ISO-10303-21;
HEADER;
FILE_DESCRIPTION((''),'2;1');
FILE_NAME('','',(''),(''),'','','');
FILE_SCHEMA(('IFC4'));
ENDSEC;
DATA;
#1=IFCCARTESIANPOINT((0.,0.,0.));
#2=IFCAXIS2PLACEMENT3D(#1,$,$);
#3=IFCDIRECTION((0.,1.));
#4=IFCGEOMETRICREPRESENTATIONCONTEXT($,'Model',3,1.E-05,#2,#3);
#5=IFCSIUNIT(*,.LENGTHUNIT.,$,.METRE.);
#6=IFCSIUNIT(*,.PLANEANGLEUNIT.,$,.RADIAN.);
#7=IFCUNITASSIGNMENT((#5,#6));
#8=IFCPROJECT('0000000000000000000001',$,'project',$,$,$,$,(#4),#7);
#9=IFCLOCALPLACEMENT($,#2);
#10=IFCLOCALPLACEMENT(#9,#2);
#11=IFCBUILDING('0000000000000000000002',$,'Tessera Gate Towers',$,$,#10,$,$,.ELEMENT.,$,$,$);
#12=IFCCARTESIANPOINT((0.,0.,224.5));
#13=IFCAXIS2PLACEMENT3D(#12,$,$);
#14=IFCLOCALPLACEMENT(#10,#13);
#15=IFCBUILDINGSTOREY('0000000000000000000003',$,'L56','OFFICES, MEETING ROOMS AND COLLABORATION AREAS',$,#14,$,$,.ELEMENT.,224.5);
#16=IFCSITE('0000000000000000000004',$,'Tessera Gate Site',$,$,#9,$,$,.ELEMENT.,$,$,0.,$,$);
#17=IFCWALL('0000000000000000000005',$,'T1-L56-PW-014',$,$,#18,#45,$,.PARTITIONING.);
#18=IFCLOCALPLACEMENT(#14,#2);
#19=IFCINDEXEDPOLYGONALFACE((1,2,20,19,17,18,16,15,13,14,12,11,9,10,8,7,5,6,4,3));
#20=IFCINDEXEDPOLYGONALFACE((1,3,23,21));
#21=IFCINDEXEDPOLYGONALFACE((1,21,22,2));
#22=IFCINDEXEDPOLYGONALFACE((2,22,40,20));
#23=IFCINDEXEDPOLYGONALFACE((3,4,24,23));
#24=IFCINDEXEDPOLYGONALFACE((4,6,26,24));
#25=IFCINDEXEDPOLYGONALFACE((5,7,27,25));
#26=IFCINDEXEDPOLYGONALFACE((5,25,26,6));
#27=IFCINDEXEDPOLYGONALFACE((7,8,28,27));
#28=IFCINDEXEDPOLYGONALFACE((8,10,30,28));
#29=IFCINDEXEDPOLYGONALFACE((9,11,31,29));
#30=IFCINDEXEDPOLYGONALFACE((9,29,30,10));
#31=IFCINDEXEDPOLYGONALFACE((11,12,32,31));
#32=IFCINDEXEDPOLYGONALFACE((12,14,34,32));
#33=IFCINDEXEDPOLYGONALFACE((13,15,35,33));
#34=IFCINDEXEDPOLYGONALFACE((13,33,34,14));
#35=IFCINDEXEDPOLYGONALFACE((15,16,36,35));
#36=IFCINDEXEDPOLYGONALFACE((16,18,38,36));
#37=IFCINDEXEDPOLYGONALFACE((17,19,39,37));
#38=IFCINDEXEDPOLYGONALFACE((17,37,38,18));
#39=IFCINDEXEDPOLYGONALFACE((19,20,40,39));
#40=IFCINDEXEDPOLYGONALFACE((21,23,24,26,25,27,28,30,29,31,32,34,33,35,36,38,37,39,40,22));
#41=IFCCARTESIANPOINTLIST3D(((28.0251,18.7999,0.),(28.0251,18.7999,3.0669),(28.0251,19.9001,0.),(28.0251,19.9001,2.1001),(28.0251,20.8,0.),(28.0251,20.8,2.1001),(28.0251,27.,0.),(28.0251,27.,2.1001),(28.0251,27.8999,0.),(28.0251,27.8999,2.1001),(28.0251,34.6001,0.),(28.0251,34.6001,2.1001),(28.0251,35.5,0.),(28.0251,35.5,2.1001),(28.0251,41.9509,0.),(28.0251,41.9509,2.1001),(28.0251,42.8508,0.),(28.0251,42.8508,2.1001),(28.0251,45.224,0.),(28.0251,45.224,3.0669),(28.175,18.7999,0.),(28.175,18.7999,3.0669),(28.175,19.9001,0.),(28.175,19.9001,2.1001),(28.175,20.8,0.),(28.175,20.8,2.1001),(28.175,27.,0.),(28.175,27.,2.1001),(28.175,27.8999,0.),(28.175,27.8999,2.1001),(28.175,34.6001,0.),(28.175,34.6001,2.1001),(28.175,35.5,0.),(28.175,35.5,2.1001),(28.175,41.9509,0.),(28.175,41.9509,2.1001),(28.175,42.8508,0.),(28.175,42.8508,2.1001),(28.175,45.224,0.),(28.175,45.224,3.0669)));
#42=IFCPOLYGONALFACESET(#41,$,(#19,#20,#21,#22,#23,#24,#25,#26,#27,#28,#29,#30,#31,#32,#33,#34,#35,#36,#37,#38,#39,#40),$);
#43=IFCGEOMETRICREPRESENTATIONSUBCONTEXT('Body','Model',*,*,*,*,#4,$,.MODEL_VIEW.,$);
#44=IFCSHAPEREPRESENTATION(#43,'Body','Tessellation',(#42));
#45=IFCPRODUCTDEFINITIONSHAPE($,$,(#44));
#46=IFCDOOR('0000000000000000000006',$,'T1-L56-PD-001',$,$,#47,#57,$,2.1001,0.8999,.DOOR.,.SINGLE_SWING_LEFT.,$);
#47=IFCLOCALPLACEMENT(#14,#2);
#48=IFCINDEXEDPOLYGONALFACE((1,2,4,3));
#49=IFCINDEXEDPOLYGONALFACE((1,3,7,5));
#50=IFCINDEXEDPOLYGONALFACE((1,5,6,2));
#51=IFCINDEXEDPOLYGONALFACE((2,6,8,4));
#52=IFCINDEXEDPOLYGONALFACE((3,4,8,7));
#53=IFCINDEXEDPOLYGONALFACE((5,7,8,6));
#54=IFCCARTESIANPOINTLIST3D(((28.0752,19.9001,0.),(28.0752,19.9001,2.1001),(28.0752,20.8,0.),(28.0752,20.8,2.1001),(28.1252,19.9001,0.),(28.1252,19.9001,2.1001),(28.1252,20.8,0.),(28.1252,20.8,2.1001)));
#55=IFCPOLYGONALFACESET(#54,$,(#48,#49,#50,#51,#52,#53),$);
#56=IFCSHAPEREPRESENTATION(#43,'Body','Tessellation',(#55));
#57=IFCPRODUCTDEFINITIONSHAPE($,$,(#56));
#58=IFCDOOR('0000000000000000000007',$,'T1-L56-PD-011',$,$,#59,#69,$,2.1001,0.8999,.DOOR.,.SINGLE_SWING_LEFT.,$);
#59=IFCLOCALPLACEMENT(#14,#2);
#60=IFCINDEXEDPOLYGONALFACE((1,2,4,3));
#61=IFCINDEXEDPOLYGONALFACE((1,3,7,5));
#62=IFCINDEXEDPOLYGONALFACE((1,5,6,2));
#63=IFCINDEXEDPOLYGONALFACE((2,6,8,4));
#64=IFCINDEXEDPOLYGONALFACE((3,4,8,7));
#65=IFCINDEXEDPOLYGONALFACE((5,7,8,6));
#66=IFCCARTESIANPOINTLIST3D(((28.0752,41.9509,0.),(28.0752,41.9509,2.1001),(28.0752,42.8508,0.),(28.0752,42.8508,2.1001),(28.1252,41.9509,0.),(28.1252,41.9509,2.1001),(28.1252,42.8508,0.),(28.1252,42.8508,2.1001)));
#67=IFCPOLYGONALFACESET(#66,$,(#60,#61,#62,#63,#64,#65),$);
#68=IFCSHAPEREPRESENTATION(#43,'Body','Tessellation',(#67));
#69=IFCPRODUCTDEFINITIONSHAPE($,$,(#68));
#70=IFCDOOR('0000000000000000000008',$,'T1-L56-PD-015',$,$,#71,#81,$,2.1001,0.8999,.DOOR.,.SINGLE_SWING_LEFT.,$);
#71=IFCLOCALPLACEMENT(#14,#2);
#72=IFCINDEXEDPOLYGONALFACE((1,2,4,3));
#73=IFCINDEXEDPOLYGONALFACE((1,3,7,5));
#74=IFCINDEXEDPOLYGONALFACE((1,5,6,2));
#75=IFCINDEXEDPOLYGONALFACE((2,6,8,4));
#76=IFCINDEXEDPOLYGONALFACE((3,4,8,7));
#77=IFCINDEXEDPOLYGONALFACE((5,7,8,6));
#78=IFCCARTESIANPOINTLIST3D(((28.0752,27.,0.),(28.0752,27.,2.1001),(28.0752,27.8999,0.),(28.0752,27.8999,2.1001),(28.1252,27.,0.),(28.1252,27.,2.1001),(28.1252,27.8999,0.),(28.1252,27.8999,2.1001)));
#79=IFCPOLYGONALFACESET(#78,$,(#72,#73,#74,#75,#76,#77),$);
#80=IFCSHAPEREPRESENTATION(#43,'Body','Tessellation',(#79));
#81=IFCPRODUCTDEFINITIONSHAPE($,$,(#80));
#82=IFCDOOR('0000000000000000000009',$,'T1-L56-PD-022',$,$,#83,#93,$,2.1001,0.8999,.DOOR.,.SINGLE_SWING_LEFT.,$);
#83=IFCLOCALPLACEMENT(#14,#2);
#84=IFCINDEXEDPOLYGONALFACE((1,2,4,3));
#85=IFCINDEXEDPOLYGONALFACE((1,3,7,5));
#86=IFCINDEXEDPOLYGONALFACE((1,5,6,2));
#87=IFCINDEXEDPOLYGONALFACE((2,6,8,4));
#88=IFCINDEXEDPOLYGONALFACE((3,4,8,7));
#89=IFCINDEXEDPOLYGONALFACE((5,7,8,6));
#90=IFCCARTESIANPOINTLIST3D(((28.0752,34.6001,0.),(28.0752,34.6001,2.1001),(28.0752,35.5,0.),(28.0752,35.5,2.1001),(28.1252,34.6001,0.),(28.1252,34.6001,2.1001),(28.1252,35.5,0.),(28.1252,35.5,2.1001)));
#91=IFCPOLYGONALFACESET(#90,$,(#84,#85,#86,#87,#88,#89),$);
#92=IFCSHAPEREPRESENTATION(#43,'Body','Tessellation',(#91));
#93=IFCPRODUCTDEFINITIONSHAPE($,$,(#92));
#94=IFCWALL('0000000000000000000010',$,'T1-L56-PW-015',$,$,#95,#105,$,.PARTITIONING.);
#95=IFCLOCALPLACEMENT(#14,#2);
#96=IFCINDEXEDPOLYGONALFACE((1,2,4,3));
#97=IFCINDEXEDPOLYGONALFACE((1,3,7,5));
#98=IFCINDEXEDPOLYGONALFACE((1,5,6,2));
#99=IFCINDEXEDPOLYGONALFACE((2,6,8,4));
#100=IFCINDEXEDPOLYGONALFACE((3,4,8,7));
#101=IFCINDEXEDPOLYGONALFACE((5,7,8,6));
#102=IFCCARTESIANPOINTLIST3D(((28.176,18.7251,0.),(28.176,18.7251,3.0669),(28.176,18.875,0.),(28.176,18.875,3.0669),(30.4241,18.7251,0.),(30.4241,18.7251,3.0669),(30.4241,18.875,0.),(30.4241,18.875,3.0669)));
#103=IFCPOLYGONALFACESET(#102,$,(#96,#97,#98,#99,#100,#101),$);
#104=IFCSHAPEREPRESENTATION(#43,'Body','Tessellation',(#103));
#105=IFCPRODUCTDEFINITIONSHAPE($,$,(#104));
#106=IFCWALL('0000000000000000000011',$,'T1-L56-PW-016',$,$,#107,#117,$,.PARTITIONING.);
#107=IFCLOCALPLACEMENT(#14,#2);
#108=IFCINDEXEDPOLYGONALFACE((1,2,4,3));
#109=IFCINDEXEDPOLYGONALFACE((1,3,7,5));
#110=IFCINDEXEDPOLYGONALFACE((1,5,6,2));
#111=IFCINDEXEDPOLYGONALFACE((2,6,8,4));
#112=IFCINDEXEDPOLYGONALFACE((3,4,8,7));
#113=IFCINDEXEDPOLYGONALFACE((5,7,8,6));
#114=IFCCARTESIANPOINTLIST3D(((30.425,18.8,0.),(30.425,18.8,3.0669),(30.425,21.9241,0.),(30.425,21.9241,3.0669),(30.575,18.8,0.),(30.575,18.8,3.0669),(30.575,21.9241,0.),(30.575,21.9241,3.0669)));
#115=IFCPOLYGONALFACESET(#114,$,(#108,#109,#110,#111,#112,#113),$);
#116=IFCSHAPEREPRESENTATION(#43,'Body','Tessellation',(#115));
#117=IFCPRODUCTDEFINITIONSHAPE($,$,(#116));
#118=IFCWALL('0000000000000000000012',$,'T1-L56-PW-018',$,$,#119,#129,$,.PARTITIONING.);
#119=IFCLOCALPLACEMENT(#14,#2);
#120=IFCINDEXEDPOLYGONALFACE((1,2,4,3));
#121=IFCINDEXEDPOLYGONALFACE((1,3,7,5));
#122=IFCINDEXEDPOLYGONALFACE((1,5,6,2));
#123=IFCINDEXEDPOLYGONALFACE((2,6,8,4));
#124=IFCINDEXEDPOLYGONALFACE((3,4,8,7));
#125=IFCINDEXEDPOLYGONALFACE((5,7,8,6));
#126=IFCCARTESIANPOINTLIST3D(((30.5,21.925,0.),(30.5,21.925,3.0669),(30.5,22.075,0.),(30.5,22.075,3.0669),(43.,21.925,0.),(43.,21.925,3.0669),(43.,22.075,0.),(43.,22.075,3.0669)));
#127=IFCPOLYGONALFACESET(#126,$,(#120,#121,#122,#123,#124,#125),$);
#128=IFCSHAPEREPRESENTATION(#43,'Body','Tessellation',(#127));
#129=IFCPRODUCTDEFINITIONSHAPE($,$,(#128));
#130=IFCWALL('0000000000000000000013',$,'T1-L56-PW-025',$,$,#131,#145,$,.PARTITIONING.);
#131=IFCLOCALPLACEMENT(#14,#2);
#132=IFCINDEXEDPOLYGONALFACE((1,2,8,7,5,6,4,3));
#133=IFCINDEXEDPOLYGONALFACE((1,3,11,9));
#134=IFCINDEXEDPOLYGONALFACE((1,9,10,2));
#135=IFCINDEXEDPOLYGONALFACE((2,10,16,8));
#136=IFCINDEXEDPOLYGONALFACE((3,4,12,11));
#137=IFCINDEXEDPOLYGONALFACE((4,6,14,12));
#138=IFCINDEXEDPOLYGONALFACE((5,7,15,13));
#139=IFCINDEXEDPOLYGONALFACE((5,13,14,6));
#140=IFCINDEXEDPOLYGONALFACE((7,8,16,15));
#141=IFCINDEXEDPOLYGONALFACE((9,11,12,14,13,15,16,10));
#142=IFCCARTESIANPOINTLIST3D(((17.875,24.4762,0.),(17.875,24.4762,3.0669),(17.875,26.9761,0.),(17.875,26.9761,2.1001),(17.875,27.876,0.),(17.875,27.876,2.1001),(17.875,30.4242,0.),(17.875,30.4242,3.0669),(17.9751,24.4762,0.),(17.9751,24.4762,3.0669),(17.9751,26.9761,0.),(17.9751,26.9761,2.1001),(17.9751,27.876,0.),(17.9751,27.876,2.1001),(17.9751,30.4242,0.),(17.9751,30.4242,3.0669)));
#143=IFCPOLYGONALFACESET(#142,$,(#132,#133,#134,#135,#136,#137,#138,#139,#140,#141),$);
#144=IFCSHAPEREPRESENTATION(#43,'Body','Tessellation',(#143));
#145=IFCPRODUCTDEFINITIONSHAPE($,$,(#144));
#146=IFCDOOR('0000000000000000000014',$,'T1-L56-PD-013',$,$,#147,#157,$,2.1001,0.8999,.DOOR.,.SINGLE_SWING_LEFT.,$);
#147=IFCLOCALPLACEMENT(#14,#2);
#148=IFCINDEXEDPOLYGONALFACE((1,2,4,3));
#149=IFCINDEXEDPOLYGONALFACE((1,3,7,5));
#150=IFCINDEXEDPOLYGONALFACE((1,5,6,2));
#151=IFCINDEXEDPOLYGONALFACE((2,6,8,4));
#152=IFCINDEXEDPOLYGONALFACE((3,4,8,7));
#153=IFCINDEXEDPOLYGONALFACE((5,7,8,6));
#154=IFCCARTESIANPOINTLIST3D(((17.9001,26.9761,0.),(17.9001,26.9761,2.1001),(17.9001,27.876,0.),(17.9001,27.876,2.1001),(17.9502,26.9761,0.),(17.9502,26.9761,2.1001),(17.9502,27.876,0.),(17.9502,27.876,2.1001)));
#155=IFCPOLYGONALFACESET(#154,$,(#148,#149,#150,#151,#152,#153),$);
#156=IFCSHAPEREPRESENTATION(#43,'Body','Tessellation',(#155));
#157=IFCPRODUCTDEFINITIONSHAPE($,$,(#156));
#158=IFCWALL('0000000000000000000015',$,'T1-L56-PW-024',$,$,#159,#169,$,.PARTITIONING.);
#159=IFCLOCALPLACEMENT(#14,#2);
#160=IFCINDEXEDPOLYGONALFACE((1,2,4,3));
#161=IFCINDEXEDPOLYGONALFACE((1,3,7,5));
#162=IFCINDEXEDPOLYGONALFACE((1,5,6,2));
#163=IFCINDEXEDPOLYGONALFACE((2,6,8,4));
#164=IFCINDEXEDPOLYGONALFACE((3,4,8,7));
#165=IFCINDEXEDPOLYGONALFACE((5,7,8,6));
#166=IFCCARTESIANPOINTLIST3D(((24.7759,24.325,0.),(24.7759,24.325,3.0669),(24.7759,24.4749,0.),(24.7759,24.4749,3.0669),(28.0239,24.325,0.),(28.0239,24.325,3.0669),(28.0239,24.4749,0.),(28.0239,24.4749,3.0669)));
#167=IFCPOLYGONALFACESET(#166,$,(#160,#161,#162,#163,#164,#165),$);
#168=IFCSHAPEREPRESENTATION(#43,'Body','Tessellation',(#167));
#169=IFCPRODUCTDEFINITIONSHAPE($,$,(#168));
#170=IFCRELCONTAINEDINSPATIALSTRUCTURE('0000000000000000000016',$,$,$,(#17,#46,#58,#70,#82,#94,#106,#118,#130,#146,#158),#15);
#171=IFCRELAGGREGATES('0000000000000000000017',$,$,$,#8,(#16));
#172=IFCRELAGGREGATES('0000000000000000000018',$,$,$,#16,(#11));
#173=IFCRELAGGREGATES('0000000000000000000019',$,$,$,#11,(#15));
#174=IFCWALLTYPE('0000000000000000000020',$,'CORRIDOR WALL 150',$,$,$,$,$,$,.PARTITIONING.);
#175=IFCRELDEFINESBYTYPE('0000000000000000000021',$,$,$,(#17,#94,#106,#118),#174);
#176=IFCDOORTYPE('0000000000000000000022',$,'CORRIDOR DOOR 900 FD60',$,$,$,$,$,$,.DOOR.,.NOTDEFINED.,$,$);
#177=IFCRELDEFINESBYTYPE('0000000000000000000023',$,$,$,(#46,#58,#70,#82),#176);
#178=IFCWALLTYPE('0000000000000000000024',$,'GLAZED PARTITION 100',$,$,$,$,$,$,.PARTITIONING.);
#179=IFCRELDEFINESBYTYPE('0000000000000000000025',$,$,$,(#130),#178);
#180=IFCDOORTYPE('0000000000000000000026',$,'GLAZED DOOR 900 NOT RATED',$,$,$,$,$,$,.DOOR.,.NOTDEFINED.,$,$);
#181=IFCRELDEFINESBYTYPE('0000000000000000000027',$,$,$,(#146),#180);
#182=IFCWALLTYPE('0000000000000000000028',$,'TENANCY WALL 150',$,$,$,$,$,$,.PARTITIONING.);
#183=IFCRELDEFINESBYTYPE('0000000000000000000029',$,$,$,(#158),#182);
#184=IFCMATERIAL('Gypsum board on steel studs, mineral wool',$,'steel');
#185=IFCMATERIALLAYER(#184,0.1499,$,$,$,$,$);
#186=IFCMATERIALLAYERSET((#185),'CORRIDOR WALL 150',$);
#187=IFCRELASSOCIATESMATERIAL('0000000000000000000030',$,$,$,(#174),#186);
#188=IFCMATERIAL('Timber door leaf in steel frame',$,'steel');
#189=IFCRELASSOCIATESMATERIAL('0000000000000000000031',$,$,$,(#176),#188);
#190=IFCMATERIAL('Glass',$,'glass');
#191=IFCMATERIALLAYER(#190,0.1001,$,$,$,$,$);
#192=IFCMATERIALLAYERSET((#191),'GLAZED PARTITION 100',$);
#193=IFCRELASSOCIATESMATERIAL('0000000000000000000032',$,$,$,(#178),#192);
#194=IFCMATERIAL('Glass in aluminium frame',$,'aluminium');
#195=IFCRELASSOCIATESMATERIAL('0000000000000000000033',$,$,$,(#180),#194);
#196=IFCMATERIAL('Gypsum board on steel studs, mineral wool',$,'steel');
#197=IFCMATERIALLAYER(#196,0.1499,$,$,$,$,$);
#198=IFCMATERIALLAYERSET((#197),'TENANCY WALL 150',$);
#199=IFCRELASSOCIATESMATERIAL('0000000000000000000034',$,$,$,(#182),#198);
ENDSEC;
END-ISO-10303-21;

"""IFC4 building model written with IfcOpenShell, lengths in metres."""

from ifc_helpers import new_model, si_unit, direction, frame, frame_2d, origin, place, context, subcontext, project, spatial, rectangle, extrude, source, transform, mapped, material, layer, layer_set, type_object, element, fill, save


model = new_model("IFC4")

# Units and contexts
model_context = context("Model", 3, precision=1e-05, world=origin(), true_north=direction((0.0, 1.0)))
body_context = subcontext(model_context, "Body", "Model", "MODEL_VIEW")
ifc_project = project(units=[si_unit("LENGTHUNIT", "METRE"), si_unit("PLANEANGLEUNIT", "RADIAN")], contexts=[model_context])

# Site, building, storey
site_placement = place(None, origin())
site = spatial("IfcSite", under=ifc_project, at=site_placement, Name="Tessera Gate Site", CompositionType="ELEMENT", RefElevation=0.0)
building_placement = place(site_placement, origin())
building = spatial("IfcBuilding", under=site, at=building_placement, Name="Tessera Gate Towers", CompositionType="ELEMENT")
storey_placement = place(building_placement, frame((0.0, 0.0, 224.5)))
storey = spatial("IfcBuildingStorey", under=building, at=storey_placement, Name="L56", Description="OFFICES, MEETING ROOMS AND COLLABORATION AREAS", CompositionType="ELEMENT", Elevation=224.5)

# Wall, openings, doors
ifc_material_1 = material(Name="Gypsum board on steel studs, mineral wool", Category="steel")
ifc_layer_1 = layer(ifc_material_1, 0.1499)
ifc_layer_set_1 = layer_set([ifc_layer_1], Name="CORRIDOR WALL 150")
wall_type_1 = type_object("IfcWallType", Name="CORRIDOR WALL 150", PredefinedType="PARTITIONING", material=ifc_layer_set_1)
wall_1_placement = place(storey_placement, frame((28.1001, 18.8, 0.0), z_axis=(0.0, 0.0, 1.0), x_axis=(0.0, 1.0, 0.0)))
wall_1 = element("IfcWall", 1, at=wall_1_placement, inside=storey, type_object=wall_type_1, Name="T1-L56-PW-014", PredefinedType="PARTITIONING", context=body_context, shape_type="SweptSolid", body=[
    extrude(rectangle(XDim=26.4241, YDim=0.1499, at=frame_2d((13.2119, 0.0))), origin(), (0.0, 0.0, 1.0), 3.0669),
])
shared_shape_1 = source(origin(), body_context, "Body", "SweptSolid", [
    extrude(rectangle(XDim=0.8999, YDim=2.1001, at=frame_2d((0.45, 1.05))), frame((0.0, 0.085, 0.0), z_axis=(0.0, -1.0, 0.0), x_axis=(1.0, 0.0, 0.0)), (0.0, 0.0, 1.0), 0.1699),
])
opening_1_placement = place(wall_1_placement, frame((1.1001, 0.0, 0.0)))
opening_1 = element("IfcOpeningElement", 2, at=opening_1_placement, cuts=wall_1, PredefinedType="OPENING", context=body_context, shape_type="MappedRepresentation", body=[
    mapped(shared_shape_1, transform((0.0, 0.0, 0.0), scale=1.0)),
])
opening_2_placement = place(wall_1_placement, frame((23.1509, 0.0, 0.0)))
opening_2 = element("IfcOpeningElement", 3, at=opening_2_placement, cuts=wall_1, PredefinedType="OPENING", context=body_context, shape_type="MappedRepresentation", body=[
    mapped(shared_shape_1, transform((0.0, 0.0, 0.0), scale=1.0)),
])
opening_3_placement = place(wall_1_placement, frame((8.2, 0.0, 0.0)))
opening_3 = element("IfcOpeningElement", 4, at=opening_3_placement, cuts=wall_1, PredefinedType="OPENING", context=body_context, shape_type="MappedRepresentation", body=[
    mapped(shared_shape_1, transform((0.0, 0.0, 0.0), scale=1.0)),
])
opening_4_placement = place(wall_1_placement, frame((15.8, 0.0, 0.0)))
opening_4 = element("IfcOpeningElement", 5, at=opening_4_placement, cuts=wall_1, PredefinedType="OPENING", context=body_context, shape_type="MappedRepresentation", body=[
    mapped(shared_shape_1, transform((0.0, 0.0, 0.0), scale=1.0)),
])
ifc_material_2 = material(Name="Timber door leaf in steel frame", Category="steel")
door_type_1 = type_object("IfcDoorType", Name="CORRIDOR DOOR 900 FD60", OperationType="NOTDEFINED", PredefinedType="DOOR", material=ifc_material_2)
shared_shape_2 = source(origin(), body_context, "Body", "SweptSolid", [
    extrude(rectangle(XDim=0.8999, YDim=2.1001, at=frame_2d((0.45, 1.05))), frame((0.0, 0.0249, 0.0), z_axis=(0.0, -1.0, 0.0), x_axis=(1.0, 0.0, 0.0)), (0.0, 0.0, 1.0), 0.05),
])
door_1_placement = place(opening_1_placement, origin())
door_1 = element("IfcDoor", 6, at=door_1_placement, inside=storey, type_object=door_type_1, Name="T1-L56-PD-001", OperationType="SINGLE_SWING_LEFT", OverallHeight=2.1001, OverallWidth=0.8999, PredefinedType="DOOR", context=body_context, shape_type="MappedRepresentation", body=[
    mapped(shared_shape_2, transform((0.0, 0.0, 0.0), scale=1.0)),
])
fill(opening_1, door_1)
door_2_placement = place(opening_2_placement, origin())
door_2 = element("IfcDoor", 7, at=door_2_placement, inside=storey, type_object=door_type_1, Name="T1-L56-PD-011", OperationType="SINGLE_SWING_LEFT", OverallHeight=2.1001, OverallWidth=0.8999, PredefinedType="DOOR", context=body_context, shape_type="MappedRepresentation", body=[
    mapped(shared_shape_2, transform((0.0, 0.0, 0.0), scale=1.0)),
])
fill(opening_2, door_2)
door_3_placement = place(opening_3_placement, origin())
door_3 = element("IfcDoor", 8, at=door_3_placement, inside=storey, type_object=door_type_1, Name="T1-L56-PD-015", OperationType="SINGLE_SWING_LEFT", OverallHeight=2.1001, OverallWidth=0.8999, PredefinedType="DOOR", context=body_context, shape_type="MappedRepresentation", body=[
    mapped(shared_shape_2, transform((0.0, 0.0, 0.0), scale=1.0)),
])
fill(opening_3, door_3)
door_4_placement = place(opening_4_placement, origin())
door_4 = element("IfcDoor", 9, at=door_4_placement, inside=storey, type_object=door_type_1, Name="T1-L56-PD-022", OperationType="SINGLE_SWING_LEFT", OverallHeight=2.1001, OverallWidth=0.8999, PredefinedType="DOOR", context=body_context, shape_type="MappedRepresentation", body=[
    mapped(shared_shape_2, transform((0.0, 0.0, 0.0), scale=1.0)),
])
fill(opening_4, door_4)

# Walls
wall_2_placement = place(storey_placement, frame((28.176, 18.8, 0.0), z_axis=(0.0, 0.0, 1.0), x_axis=(1.0, 0.0, 0.0)))
element("IfcWall", 10, at=wall_2_placement, inside=storey, type_object=wall_type_1, Name="T1-L56-PW-015", PredefinedType="PARTITIONING", context=body_context, shape_type="SweptSolid", body=[
    extrude(rectangle(XDim=2.248, YDim=0.1499, at=frame_2d((1.124, 0.0))), origin(), (0.0, 0.0, 1.0), 3.0669),
])
wall_3_placement = place(storey_placement, frame((30.5, 18.8, 0.0), z_axis=(0.0, 0.0, 1.0), x_axis=(0.0, 1.0, 0.0)))
element("IfcWall", 11, at=wall_3_placement, inside=storey, type_object=wall_type_1, Name="T1-L56-PW-016", PredefinedType="PARTITIONING", context=body_context, shape_type="SweptSolid", body=[
    extrude(rectangle(XDim=3.124, YDim=0.1499, at=frame_2d((1.562, 0.0))), origin(), (0.0, 0.0, 1.0), 3.0669),
])
wall_4_placement = place(storey_placement, frame((30.5, 22.0, 0.0), z_axis=(0.0, 0.0, 1.0), x_axis=(1.0, 0.0, 0.0)))
element("IfcWall", 12, at=wall_4_placement, inside=storey, type_object=wall_type_1, Name="T1-L56-PW-018", PredefinedType="PARTITIONING", context=body_context, shape_type="SweptSolid", body=[
    extrude(rectangle(XDim=12.5, YDim=0.1499, at=frame_2d((6.25, 0.0))), origin(), (0.0, 0.0, 1.0), 3.0669),
])

# Wall, opening, door
ifc_material_3 = material(Name="Glass", Category="glass")
ifc_layer_2 = layer(ifc_material_3, 0.1001)
ifc_layer_set_2 = layer_set([ifc_layer_2], Name="GLAZED PARTITION 100")
wall_type_2 = type_object("IfcWallType", Name="GLAZED PARTITION 100", PredefinedType="PARTITIONING", material=ifc_layer_set_2)
wall_5_placement = place(storey_placement, frame((17.925, 24.4761, 0.0), z_axis=(0.0, 0.0, 1.0), x_axis=(0.0, 1.0, 0.0)))
wall_5 = element("IfcWall", 13, at=wall_5_placement, inside=storey, type_object=wall_type_2, Name="T1-L56-PW-025", PredefinedType="PARTITIONING", context=body_context, shape_type="SweptSolid", body=[
    extrude(rectangle(XDim=5.948, YDim=0.1001, at=frame_2d((2.9741, 0.0))), origin(), (0.0, 0.0, 1.0), 3.0669),
])
shared_shape_3 = source(origin(), body_context, "Body", "SweptSolid", [
    extrude(rectangle(XDim=0.8999, YDim=2.1001, at=frame_2d((0.45, 1.05))), frame((0.0, 0.0601, 0.0), z_axis=(0.0, -1.0, 0.0), x_axis=(1.0, 0.0, 0.0)), (0.0, 0.0, 1.0), 0.1201),
])
opening_5_placement = place(wall_5_placement, frame((2.5, 0.0, 0.0)))
opening_5 = element("IfcOpeningElement", 14, at=opening_5_placement, cuts=wall_5, PredefinedType="OPENING", context=body_context, shape_type="MappedRepresentation", body=[
    mapped(shared_shape_3, transform((0.0, 0.0, 0.0), scale=1.0)),
])
ifc_material_4 = material(Name="Glass in aluminium frame", Category="aluminium")
door_type_2 = type_object("IfcDoorType", Name="GLAZED DOOR 900 NOT RATED", OperationType="NOTDEFINED", PredefinedType="DOOR", material=ifc_material_4)
door_5_placement = place(opening_5_placement, origin())
door_5 = element("IfcDoor", 15, at=door_5_placement, inside=storey, type_object=door_type_2, Name="T1-L56-PD-013", OperationType="SINGLE_SWING_LEFT", OverallHeight=2.1001, OverallWidth=0.8999, PredefinedType="DOOR", context=body_context, shape_type="MappedRepresentation", body=[
    mapped(shared_shape_2, transform((0.0, 0.0, 0.0), scale=1.0)),
])
fill(opening_5, door_5)

# Wall
ifc_material_5 = material(Name="Gypsum board on steel studs, mineral wool", Category="steel")
ifc_layer_3 = layer(ifc_material_5, 0.1499)
ifc_layer_set_3 = layer_set([ifc_layer_3], Name="TENANCY WALL 150")
wall_type_3 = type_object("IfcWallType", Name="TENANCY WALL 150", PredefinedType="PARTITIONING", material=ifc_layer_set_3)
wall_6_placement = place(storey_placement, frame((24.7759, 24.3999, 0.0), z_axis=(0.0, 0.0, 1.0), x_axis=(1.0, 0.0, 0.0)))
element("IfcWall", 16, at=wall_6_placement, inside=storey, type_object=wall_type_3, Name="T1-L56-PW-024", PredefinedType="PARTITIONING", context=body_context, shape_type="SweptSolid", body=[
    extrude(rectangle(XDim=3.248, YDim=0.1499, at=frame_2d((1.624, 0.0))), origin(), (0.0, 0.0, 1.0), 3.0669),
])

save(model, "model.ifc")
